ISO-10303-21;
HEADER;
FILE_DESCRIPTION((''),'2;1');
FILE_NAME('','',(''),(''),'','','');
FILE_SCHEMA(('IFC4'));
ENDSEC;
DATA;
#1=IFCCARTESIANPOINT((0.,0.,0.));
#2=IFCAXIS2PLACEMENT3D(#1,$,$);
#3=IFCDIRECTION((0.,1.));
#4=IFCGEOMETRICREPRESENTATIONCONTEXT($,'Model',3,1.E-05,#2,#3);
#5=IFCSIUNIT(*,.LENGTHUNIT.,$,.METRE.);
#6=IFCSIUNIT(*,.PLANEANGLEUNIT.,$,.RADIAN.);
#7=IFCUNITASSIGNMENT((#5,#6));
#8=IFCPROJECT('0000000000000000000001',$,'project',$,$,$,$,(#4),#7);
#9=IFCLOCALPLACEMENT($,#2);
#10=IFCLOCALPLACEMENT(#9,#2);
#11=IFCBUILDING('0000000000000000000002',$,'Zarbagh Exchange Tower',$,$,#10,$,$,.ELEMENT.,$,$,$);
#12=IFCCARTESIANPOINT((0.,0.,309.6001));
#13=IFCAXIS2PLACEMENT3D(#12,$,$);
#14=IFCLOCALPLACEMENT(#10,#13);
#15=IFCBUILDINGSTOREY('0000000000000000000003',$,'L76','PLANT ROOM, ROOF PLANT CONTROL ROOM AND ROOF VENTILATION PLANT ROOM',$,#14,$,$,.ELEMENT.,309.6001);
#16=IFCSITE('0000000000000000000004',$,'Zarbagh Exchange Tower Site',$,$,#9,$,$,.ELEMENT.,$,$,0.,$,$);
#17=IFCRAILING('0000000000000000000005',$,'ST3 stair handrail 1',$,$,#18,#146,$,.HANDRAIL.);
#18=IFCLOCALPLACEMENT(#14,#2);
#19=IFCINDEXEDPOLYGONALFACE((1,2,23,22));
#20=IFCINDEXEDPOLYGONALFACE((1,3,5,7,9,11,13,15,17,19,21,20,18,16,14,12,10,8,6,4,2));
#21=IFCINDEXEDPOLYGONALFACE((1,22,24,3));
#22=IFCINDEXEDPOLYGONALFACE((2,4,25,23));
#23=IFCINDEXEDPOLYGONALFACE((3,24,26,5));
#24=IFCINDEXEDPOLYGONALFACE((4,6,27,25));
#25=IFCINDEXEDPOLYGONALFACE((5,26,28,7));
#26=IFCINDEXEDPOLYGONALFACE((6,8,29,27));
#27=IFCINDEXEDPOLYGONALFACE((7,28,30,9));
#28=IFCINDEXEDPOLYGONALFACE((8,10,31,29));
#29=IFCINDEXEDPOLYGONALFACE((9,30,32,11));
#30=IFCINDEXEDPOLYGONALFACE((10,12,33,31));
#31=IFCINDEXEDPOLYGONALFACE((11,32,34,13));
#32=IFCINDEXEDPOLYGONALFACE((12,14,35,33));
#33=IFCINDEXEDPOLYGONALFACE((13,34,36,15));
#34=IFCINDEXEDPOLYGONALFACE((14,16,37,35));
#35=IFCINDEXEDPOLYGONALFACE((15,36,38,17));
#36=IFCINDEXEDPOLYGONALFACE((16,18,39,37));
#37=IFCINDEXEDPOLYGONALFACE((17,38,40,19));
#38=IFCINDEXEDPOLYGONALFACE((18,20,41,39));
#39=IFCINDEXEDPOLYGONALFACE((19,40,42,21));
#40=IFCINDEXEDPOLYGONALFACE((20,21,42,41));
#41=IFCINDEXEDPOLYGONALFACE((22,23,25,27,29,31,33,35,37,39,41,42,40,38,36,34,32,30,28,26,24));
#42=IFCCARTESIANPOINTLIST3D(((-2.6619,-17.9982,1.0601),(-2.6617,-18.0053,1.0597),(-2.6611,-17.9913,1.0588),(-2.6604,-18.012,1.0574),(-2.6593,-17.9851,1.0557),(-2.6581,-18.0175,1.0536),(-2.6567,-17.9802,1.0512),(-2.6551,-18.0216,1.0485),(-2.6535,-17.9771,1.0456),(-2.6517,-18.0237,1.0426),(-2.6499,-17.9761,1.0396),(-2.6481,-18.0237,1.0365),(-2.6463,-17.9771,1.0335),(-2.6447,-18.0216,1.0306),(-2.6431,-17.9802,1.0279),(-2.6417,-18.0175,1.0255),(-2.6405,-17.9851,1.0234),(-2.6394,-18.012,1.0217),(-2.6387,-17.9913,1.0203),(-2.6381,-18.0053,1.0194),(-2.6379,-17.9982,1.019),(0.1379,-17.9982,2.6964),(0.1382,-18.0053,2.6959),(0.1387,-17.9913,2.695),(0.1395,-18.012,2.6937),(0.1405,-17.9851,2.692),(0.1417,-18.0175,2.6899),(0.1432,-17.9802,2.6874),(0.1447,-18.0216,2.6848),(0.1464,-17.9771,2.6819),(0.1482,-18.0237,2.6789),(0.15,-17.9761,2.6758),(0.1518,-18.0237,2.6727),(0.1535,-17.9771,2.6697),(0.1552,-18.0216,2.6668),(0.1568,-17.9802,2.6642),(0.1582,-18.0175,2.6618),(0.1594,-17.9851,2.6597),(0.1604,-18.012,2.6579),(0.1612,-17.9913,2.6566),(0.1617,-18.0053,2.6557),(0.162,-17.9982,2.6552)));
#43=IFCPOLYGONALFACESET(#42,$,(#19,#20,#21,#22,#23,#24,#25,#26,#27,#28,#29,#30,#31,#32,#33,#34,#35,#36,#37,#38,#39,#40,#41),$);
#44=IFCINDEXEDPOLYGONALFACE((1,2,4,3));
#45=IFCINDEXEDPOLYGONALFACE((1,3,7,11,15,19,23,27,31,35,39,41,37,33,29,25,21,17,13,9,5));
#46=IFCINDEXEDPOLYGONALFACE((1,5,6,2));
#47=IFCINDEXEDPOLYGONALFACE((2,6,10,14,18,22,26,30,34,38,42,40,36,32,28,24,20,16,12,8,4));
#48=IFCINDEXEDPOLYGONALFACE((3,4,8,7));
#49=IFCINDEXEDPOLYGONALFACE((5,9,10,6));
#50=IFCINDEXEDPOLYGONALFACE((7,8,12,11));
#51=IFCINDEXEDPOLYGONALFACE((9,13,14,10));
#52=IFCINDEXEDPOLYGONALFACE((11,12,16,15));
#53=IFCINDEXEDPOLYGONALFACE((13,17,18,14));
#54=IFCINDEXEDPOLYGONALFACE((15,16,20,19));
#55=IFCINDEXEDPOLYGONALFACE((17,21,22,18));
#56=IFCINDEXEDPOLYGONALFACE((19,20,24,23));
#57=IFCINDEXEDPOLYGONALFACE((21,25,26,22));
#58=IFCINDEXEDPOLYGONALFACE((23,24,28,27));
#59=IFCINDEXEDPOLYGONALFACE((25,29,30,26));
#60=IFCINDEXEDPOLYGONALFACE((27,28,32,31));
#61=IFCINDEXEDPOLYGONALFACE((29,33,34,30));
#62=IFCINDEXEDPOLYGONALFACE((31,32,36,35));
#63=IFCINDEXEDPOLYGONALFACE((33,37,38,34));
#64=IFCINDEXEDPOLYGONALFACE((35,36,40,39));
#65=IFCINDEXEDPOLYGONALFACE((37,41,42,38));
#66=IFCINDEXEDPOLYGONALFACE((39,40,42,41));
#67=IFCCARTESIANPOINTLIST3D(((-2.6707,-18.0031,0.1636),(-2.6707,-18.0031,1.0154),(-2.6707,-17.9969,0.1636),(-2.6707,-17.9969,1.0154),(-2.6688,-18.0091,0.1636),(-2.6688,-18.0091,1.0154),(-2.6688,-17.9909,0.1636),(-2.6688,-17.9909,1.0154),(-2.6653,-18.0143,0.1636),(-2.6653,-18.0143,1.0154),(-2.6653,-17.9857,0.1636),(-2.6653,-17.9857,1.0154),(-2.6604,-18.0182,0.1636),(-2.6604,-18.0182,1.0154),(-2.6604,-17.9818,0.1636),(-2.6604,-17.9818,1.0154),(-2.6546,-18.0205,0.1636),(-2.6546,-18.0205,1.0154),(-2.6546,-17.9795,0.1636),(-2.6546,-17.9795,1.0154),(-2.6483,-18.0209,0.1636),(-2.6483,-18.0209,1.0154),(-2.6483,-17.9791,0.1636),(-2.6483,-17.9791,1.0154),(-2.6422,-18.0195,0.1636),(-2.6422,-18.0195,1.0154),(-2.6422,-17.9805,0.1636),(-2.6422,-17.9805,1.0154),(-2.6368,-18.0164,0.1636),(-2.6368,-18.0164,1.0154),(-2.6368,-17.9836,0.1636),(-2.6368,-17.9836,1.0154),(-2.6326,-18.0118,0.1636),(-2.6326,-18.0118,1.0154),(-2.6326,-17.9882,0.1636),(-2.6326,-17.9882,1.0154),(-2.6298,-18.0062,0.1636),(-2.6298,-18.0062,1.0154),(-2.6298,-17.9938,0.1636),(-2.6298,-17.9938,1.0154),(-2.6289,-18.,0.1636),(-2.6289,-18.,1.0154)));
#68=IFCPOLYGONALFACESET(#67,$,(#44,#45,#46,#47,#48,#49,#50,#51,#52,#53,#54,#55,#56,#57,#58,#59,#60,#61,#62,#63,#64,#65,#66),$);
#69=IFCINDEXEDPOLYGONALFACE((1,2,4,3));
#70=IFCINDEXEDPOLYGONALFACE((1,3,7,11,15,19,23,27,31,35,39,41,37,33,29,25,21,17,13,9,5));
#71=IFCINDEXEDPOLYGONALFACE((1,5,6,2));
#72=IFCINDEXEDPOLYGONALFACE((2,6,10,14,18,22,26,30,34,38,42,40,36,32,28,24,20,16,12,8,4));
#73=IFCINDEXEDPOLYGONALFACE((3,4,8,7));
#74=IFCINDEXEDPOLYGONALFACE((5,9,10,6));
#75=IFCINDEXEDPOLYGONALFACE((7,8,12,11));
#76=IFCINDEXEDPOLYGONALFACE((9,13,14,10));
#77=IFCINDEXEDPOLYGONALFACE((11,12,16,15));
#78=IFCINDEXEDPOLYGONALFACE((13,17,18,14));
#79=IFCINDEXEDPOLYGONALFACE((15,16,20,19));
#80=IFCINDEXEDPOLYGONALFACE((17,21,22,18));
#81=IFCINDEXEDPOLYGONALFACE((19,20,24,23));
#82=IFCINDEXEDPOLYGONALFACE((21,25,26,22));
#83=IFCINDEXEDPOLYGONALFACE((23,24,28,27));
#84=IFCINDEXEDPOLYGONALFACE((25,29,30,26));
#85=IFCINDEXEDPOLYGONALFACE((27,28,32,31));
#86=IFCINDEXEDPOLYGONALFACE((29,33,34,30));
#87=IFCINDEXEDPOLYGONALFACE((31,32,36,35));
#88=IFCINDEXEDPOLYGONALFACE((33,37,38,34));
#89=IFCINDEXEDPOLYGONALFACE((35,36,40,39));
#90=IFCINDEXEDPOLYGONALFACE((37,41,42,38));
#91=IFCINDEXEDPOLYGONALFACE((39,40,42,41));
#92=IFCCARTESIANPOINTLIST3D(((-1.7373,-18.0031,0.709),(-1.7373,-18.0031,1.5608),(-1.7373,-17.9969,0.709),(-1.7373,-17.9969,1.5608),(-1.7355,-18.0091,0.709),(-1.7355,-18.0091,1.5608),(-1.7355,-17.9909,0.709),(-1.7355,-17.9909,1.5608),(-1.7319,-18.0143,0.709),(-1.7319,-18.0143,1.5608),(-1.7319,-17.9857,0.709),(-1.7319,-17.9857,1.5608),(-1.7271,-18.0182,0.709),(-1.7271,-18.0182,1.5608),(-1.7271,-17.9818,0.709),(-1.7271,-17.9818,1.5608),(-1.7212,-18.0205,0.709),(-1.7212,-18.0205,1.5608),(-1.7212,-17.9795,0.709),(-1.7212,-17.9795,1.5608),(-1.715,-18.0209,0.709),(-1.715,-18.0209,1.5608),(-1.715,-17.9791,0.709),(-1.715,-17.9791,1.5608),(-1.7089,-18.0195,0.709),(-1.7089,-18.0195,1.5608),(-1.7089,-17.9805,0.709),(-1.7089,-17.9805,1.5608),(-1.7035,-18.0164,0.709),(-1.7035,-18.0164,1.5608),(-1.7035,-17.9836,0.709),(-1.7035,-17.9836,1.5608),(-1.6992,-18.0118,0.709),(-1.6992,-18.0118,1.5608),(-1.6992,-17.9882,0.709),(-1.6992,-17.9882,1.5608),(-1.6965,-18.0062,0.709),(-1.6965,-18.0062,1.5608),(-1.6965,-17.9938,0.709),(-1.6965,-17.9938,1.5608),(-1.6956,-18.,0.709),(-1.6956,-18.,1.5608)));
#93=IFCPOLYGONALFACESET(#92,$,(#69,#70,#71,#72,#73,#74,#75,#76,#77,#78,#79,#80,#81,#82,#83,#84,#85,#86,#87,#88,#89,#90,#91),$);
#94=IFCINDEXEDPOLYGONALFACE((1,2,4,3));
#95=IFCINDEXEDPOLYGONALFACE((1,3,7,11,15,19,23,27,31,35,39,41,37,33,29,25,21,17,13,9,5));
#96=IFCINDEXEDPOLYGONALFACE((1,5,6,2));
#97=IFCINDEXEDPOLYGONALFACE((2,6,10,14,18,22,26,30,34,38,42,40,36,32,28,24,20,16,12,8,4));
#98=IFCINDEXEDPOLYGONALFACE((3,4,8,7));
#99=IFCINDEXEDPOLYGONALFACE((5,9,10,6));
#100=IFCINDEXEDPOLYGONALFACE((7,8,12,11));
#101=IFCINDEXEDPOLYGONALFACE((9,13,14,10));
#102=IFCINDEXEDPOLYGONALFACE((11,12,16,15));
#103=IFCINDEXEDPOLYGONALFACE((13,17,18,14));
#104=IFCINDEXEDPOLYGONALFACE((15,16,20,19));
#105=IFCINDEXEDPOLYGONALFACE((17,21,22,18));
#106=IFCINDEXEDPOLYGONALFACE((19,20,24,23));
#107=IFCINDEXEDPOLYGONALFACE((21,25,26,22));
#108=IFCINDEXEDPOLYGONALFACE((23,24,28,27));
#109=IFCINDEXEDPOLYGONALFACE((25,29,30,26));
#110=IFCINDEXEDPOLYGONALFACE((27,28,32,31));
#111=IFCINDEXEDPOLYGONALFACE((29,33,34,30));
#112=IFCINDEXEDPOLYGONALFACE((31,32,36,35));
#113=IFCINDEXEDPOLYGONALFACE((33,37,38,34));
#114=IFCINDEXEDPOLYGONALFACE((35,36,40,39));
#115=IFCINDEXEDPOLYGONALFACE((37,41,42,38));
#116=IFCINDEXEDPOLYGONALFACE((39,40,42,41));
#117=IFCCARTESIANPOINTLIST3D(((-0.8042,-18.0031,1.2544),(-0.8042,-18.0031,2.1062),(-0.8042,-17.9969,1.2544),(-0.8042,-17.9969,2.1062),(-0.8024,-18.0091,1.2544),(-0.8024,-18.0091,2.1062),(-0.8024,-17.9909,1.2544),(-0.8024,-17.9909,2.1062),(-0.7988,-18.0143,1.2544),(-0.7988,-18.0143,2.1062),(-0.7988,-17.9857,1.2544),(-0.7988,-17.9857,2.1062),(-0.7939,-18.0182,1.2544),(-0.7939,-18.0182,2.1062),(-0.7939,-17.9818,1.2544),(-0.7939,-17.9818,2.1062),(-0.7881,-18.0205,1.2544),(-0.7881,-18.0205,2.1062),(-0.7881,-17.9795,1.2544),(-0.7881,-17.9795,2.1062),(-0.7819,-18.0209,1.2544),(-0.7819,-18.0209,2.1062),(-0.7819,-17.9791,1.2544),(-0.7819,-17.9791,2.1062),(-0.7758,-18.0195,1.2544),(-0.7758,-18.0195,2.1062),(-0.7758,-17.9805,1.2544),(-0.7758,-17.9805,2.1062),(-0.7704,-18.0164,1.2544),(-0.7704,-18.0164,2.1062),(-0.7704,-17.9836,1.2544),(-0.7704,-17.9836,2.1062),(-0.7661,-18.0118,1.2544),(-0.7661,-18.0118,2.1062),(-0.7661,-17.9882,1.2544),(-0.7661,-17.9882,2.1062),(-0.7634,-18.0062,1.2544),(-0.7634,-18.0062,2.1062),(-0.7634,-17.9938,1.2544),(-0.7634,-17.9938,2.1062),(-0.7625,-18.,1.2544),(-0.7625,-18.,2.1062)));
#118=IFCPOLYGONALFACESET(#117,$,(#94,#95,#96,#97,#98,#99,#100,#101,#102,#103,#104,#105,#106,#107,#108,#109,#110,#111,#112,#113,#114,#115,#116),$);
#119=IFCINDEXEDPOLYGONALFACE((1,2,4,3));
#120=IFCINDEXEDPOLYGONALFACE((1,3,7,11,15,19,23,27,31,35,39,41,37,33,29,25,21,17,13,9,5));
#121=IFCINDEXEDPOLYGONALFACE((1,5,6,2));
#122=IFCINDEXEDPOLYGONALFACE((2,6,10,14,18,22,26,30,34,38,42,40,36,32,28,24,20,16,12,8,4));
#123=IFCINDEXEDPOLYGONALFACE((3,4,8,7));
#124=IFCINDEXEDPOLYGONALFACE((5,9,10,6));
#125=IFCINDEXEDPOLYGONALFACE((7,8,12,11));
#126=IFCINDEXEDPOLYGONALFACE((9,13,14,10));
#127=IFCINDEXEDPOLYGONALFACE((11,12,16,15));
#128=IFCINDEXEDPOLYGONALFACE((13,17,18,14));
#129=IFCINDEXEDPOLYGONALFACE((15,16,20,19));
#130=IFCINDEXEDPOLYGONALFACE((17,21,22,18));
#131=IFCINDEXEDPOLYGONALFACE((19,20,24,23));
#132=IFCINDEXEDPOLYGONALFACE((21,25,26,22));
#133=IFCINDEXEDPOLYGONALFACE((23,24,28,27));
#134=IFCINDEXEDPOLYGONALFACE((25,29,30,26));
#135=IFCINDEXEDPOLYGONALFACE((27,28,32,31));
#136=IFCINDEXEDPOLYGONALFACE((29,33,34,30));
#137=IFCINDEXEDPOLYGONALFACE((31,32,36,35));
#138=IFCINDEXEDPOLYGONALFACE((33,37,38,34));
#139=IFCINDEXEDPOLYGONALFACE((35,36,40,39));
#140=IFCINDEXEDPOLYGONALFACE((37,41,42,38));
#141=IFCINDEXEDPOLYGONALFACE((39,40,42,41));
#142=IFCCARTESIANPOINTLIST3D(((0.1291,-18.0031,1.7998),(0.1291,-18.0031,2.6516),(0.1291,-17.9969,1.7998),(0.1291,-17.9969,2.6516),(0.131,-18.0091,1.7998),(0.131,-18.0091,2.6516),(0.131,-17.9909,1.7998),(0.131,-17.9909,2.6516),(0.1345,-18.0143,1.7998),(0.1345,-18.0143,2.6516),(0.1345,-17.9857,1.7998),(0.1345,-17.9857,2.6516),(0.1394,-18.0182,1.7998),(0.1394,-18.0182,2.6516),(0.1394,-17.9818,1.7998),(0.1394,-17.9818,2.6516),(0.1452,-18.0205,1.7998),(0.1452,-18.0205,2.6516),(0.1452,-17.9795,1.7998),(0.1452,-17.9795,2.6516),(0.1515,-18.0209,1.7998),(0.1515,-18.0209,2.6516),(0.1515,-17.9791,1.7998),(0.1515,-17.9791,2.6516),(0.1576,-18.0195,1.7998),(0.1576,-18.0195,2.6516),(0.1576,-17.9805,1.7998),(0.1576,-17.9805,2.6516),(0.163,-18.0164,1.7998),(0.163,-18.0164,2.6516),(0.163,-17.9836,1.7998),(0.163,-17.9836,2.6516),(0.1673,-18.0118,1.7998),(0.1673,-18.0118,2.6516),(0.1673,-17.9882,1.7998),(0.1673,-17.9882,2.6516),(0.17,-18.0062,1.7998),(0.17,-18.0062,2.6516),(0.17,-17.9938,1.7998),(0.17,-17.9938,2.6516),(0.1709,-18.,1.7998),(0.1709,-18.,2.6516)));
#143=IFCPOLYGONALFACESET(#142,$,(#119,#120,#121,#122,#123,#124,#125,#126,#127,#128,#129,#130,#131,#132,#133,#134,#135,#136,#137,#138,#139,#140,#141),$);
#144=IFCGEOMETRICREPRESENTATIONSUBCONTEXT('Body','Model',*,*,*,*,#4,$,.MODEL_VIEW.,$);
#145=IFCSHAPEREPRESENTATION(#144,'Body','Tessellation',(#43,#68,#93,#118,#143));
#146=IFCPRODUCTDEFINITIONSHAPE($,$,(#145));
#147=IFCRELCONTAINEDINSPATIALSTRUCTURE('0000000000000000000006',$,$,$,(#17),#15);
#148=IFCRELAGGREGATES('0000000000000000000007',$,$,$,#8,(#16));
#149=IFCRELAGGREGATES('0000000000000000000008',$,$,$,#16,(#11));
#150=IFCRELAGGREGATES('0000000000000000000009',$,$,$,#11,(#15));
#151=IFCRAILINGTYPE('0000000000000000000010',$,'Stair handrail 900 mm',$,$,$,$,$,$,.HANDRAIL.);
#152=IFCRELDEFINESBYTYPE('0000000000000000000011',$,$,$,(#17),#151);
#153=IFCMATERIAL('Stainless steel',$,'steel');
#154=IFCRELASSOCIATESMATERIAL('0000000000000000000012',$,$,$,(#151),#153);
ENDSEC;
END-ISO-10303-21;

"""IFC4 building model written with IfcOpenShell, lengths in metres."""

from ifc_helpers import new_model, si_unit, direction, frame, origin, origin_2d, place, context, subcontext, project, spatial, circle, extrude, material, type_object, element, save


model = new_model("IFC4")

# Units and contexts
model_context = context("Model", 3, precision=1e-05, world=origin(), true_north=direction((0.0, 1.0)))
body_context = subcontext(model_context, "Body", "Model", "MODEL_VIEW")
ifc_project = project(units=[si_unit("LENGTHUNIT", "METRE"), si_unit("PLANEANGLEUNIT", "RADIAN")], contexts=[model_context])

# Site, building, storey
site_placement = place(None, origin())
site = spatial("IfcSite", under=ifc_project, at=site_placement, Name="Zarbagh Exchange Tower Site", CompositionType="ELEMENT", RefElevation=0.0)
building_placement = place(site_placement, origin())
building = spatial("IfcBuilding", under=site, at=building_placement, Name="Zarbagh Exchange Tower", CompositionType="ELEMENT")
storey_placement = place(building_placement, frame((0.0, 0.0, 309.6001)))
storey = spatial("IfcBuildingStorey", under=building, at=storey_placement, Name="L76", Description="PLANT ROOM, ROOF PLANT CONTROL ROOM AND ROOF VENTILATION PLANT ROOM", CompositionType="ELEMENT", Elevation=309.6001)

# Shared definitions
ifc_material_1 = material(Name="Stainless steel", Category="steel")

# Railing
railing_type_1 = type_object("IfcRailingType", Name="Stair handrail 900 mm", PredefinedType="HANDRAIL", material=ifc_material_1)
railing_1_placement = place(storey_placement, frame((-2.6499, -18.0, 0.1636)))
element("IfcRailing", 1, at=railing_1_placement, inside=storey, type_object=railing_type_1, Name="ST3 stair handrail 1", PredefinedType="HANDRAIL", context=body_context, shape_type="SweptSolid", body=[
    extrude(circle(Radius=0.0239, at=origin_2d()), frame((0.0, 0.0, 0.876), z_axis=(0.863374, 0.0, 0.504564), x_axis=(0.0, 1.0, 0.0)), (0.0, 0.0, 1.0), 3.2429),
    extrude(circle(Radius=0.021, at=origin_2d()), origin(), (0.0, 0.0, 1.0), 0.8518),
    extrude(circle(Radius=0.021, at=origin_2d()), frame((0.9333, 0.0, 0.5454)), (0.0, 0.0, 1.0), 0.8518),
    extrude(circle(Radius=0.021, at=origin_2d()), frame((1.8665, 0.0, 1.0908)), (0.0, 0.0, 1.0), 0.8518),
    extrude(circle(Radius=0.021, at=origin_2d()), frame((2.7998, 0.0, 1.6362)), (0.0, 0.0, 1.0), 0.8518),
])

save(model, "model.ifc")
